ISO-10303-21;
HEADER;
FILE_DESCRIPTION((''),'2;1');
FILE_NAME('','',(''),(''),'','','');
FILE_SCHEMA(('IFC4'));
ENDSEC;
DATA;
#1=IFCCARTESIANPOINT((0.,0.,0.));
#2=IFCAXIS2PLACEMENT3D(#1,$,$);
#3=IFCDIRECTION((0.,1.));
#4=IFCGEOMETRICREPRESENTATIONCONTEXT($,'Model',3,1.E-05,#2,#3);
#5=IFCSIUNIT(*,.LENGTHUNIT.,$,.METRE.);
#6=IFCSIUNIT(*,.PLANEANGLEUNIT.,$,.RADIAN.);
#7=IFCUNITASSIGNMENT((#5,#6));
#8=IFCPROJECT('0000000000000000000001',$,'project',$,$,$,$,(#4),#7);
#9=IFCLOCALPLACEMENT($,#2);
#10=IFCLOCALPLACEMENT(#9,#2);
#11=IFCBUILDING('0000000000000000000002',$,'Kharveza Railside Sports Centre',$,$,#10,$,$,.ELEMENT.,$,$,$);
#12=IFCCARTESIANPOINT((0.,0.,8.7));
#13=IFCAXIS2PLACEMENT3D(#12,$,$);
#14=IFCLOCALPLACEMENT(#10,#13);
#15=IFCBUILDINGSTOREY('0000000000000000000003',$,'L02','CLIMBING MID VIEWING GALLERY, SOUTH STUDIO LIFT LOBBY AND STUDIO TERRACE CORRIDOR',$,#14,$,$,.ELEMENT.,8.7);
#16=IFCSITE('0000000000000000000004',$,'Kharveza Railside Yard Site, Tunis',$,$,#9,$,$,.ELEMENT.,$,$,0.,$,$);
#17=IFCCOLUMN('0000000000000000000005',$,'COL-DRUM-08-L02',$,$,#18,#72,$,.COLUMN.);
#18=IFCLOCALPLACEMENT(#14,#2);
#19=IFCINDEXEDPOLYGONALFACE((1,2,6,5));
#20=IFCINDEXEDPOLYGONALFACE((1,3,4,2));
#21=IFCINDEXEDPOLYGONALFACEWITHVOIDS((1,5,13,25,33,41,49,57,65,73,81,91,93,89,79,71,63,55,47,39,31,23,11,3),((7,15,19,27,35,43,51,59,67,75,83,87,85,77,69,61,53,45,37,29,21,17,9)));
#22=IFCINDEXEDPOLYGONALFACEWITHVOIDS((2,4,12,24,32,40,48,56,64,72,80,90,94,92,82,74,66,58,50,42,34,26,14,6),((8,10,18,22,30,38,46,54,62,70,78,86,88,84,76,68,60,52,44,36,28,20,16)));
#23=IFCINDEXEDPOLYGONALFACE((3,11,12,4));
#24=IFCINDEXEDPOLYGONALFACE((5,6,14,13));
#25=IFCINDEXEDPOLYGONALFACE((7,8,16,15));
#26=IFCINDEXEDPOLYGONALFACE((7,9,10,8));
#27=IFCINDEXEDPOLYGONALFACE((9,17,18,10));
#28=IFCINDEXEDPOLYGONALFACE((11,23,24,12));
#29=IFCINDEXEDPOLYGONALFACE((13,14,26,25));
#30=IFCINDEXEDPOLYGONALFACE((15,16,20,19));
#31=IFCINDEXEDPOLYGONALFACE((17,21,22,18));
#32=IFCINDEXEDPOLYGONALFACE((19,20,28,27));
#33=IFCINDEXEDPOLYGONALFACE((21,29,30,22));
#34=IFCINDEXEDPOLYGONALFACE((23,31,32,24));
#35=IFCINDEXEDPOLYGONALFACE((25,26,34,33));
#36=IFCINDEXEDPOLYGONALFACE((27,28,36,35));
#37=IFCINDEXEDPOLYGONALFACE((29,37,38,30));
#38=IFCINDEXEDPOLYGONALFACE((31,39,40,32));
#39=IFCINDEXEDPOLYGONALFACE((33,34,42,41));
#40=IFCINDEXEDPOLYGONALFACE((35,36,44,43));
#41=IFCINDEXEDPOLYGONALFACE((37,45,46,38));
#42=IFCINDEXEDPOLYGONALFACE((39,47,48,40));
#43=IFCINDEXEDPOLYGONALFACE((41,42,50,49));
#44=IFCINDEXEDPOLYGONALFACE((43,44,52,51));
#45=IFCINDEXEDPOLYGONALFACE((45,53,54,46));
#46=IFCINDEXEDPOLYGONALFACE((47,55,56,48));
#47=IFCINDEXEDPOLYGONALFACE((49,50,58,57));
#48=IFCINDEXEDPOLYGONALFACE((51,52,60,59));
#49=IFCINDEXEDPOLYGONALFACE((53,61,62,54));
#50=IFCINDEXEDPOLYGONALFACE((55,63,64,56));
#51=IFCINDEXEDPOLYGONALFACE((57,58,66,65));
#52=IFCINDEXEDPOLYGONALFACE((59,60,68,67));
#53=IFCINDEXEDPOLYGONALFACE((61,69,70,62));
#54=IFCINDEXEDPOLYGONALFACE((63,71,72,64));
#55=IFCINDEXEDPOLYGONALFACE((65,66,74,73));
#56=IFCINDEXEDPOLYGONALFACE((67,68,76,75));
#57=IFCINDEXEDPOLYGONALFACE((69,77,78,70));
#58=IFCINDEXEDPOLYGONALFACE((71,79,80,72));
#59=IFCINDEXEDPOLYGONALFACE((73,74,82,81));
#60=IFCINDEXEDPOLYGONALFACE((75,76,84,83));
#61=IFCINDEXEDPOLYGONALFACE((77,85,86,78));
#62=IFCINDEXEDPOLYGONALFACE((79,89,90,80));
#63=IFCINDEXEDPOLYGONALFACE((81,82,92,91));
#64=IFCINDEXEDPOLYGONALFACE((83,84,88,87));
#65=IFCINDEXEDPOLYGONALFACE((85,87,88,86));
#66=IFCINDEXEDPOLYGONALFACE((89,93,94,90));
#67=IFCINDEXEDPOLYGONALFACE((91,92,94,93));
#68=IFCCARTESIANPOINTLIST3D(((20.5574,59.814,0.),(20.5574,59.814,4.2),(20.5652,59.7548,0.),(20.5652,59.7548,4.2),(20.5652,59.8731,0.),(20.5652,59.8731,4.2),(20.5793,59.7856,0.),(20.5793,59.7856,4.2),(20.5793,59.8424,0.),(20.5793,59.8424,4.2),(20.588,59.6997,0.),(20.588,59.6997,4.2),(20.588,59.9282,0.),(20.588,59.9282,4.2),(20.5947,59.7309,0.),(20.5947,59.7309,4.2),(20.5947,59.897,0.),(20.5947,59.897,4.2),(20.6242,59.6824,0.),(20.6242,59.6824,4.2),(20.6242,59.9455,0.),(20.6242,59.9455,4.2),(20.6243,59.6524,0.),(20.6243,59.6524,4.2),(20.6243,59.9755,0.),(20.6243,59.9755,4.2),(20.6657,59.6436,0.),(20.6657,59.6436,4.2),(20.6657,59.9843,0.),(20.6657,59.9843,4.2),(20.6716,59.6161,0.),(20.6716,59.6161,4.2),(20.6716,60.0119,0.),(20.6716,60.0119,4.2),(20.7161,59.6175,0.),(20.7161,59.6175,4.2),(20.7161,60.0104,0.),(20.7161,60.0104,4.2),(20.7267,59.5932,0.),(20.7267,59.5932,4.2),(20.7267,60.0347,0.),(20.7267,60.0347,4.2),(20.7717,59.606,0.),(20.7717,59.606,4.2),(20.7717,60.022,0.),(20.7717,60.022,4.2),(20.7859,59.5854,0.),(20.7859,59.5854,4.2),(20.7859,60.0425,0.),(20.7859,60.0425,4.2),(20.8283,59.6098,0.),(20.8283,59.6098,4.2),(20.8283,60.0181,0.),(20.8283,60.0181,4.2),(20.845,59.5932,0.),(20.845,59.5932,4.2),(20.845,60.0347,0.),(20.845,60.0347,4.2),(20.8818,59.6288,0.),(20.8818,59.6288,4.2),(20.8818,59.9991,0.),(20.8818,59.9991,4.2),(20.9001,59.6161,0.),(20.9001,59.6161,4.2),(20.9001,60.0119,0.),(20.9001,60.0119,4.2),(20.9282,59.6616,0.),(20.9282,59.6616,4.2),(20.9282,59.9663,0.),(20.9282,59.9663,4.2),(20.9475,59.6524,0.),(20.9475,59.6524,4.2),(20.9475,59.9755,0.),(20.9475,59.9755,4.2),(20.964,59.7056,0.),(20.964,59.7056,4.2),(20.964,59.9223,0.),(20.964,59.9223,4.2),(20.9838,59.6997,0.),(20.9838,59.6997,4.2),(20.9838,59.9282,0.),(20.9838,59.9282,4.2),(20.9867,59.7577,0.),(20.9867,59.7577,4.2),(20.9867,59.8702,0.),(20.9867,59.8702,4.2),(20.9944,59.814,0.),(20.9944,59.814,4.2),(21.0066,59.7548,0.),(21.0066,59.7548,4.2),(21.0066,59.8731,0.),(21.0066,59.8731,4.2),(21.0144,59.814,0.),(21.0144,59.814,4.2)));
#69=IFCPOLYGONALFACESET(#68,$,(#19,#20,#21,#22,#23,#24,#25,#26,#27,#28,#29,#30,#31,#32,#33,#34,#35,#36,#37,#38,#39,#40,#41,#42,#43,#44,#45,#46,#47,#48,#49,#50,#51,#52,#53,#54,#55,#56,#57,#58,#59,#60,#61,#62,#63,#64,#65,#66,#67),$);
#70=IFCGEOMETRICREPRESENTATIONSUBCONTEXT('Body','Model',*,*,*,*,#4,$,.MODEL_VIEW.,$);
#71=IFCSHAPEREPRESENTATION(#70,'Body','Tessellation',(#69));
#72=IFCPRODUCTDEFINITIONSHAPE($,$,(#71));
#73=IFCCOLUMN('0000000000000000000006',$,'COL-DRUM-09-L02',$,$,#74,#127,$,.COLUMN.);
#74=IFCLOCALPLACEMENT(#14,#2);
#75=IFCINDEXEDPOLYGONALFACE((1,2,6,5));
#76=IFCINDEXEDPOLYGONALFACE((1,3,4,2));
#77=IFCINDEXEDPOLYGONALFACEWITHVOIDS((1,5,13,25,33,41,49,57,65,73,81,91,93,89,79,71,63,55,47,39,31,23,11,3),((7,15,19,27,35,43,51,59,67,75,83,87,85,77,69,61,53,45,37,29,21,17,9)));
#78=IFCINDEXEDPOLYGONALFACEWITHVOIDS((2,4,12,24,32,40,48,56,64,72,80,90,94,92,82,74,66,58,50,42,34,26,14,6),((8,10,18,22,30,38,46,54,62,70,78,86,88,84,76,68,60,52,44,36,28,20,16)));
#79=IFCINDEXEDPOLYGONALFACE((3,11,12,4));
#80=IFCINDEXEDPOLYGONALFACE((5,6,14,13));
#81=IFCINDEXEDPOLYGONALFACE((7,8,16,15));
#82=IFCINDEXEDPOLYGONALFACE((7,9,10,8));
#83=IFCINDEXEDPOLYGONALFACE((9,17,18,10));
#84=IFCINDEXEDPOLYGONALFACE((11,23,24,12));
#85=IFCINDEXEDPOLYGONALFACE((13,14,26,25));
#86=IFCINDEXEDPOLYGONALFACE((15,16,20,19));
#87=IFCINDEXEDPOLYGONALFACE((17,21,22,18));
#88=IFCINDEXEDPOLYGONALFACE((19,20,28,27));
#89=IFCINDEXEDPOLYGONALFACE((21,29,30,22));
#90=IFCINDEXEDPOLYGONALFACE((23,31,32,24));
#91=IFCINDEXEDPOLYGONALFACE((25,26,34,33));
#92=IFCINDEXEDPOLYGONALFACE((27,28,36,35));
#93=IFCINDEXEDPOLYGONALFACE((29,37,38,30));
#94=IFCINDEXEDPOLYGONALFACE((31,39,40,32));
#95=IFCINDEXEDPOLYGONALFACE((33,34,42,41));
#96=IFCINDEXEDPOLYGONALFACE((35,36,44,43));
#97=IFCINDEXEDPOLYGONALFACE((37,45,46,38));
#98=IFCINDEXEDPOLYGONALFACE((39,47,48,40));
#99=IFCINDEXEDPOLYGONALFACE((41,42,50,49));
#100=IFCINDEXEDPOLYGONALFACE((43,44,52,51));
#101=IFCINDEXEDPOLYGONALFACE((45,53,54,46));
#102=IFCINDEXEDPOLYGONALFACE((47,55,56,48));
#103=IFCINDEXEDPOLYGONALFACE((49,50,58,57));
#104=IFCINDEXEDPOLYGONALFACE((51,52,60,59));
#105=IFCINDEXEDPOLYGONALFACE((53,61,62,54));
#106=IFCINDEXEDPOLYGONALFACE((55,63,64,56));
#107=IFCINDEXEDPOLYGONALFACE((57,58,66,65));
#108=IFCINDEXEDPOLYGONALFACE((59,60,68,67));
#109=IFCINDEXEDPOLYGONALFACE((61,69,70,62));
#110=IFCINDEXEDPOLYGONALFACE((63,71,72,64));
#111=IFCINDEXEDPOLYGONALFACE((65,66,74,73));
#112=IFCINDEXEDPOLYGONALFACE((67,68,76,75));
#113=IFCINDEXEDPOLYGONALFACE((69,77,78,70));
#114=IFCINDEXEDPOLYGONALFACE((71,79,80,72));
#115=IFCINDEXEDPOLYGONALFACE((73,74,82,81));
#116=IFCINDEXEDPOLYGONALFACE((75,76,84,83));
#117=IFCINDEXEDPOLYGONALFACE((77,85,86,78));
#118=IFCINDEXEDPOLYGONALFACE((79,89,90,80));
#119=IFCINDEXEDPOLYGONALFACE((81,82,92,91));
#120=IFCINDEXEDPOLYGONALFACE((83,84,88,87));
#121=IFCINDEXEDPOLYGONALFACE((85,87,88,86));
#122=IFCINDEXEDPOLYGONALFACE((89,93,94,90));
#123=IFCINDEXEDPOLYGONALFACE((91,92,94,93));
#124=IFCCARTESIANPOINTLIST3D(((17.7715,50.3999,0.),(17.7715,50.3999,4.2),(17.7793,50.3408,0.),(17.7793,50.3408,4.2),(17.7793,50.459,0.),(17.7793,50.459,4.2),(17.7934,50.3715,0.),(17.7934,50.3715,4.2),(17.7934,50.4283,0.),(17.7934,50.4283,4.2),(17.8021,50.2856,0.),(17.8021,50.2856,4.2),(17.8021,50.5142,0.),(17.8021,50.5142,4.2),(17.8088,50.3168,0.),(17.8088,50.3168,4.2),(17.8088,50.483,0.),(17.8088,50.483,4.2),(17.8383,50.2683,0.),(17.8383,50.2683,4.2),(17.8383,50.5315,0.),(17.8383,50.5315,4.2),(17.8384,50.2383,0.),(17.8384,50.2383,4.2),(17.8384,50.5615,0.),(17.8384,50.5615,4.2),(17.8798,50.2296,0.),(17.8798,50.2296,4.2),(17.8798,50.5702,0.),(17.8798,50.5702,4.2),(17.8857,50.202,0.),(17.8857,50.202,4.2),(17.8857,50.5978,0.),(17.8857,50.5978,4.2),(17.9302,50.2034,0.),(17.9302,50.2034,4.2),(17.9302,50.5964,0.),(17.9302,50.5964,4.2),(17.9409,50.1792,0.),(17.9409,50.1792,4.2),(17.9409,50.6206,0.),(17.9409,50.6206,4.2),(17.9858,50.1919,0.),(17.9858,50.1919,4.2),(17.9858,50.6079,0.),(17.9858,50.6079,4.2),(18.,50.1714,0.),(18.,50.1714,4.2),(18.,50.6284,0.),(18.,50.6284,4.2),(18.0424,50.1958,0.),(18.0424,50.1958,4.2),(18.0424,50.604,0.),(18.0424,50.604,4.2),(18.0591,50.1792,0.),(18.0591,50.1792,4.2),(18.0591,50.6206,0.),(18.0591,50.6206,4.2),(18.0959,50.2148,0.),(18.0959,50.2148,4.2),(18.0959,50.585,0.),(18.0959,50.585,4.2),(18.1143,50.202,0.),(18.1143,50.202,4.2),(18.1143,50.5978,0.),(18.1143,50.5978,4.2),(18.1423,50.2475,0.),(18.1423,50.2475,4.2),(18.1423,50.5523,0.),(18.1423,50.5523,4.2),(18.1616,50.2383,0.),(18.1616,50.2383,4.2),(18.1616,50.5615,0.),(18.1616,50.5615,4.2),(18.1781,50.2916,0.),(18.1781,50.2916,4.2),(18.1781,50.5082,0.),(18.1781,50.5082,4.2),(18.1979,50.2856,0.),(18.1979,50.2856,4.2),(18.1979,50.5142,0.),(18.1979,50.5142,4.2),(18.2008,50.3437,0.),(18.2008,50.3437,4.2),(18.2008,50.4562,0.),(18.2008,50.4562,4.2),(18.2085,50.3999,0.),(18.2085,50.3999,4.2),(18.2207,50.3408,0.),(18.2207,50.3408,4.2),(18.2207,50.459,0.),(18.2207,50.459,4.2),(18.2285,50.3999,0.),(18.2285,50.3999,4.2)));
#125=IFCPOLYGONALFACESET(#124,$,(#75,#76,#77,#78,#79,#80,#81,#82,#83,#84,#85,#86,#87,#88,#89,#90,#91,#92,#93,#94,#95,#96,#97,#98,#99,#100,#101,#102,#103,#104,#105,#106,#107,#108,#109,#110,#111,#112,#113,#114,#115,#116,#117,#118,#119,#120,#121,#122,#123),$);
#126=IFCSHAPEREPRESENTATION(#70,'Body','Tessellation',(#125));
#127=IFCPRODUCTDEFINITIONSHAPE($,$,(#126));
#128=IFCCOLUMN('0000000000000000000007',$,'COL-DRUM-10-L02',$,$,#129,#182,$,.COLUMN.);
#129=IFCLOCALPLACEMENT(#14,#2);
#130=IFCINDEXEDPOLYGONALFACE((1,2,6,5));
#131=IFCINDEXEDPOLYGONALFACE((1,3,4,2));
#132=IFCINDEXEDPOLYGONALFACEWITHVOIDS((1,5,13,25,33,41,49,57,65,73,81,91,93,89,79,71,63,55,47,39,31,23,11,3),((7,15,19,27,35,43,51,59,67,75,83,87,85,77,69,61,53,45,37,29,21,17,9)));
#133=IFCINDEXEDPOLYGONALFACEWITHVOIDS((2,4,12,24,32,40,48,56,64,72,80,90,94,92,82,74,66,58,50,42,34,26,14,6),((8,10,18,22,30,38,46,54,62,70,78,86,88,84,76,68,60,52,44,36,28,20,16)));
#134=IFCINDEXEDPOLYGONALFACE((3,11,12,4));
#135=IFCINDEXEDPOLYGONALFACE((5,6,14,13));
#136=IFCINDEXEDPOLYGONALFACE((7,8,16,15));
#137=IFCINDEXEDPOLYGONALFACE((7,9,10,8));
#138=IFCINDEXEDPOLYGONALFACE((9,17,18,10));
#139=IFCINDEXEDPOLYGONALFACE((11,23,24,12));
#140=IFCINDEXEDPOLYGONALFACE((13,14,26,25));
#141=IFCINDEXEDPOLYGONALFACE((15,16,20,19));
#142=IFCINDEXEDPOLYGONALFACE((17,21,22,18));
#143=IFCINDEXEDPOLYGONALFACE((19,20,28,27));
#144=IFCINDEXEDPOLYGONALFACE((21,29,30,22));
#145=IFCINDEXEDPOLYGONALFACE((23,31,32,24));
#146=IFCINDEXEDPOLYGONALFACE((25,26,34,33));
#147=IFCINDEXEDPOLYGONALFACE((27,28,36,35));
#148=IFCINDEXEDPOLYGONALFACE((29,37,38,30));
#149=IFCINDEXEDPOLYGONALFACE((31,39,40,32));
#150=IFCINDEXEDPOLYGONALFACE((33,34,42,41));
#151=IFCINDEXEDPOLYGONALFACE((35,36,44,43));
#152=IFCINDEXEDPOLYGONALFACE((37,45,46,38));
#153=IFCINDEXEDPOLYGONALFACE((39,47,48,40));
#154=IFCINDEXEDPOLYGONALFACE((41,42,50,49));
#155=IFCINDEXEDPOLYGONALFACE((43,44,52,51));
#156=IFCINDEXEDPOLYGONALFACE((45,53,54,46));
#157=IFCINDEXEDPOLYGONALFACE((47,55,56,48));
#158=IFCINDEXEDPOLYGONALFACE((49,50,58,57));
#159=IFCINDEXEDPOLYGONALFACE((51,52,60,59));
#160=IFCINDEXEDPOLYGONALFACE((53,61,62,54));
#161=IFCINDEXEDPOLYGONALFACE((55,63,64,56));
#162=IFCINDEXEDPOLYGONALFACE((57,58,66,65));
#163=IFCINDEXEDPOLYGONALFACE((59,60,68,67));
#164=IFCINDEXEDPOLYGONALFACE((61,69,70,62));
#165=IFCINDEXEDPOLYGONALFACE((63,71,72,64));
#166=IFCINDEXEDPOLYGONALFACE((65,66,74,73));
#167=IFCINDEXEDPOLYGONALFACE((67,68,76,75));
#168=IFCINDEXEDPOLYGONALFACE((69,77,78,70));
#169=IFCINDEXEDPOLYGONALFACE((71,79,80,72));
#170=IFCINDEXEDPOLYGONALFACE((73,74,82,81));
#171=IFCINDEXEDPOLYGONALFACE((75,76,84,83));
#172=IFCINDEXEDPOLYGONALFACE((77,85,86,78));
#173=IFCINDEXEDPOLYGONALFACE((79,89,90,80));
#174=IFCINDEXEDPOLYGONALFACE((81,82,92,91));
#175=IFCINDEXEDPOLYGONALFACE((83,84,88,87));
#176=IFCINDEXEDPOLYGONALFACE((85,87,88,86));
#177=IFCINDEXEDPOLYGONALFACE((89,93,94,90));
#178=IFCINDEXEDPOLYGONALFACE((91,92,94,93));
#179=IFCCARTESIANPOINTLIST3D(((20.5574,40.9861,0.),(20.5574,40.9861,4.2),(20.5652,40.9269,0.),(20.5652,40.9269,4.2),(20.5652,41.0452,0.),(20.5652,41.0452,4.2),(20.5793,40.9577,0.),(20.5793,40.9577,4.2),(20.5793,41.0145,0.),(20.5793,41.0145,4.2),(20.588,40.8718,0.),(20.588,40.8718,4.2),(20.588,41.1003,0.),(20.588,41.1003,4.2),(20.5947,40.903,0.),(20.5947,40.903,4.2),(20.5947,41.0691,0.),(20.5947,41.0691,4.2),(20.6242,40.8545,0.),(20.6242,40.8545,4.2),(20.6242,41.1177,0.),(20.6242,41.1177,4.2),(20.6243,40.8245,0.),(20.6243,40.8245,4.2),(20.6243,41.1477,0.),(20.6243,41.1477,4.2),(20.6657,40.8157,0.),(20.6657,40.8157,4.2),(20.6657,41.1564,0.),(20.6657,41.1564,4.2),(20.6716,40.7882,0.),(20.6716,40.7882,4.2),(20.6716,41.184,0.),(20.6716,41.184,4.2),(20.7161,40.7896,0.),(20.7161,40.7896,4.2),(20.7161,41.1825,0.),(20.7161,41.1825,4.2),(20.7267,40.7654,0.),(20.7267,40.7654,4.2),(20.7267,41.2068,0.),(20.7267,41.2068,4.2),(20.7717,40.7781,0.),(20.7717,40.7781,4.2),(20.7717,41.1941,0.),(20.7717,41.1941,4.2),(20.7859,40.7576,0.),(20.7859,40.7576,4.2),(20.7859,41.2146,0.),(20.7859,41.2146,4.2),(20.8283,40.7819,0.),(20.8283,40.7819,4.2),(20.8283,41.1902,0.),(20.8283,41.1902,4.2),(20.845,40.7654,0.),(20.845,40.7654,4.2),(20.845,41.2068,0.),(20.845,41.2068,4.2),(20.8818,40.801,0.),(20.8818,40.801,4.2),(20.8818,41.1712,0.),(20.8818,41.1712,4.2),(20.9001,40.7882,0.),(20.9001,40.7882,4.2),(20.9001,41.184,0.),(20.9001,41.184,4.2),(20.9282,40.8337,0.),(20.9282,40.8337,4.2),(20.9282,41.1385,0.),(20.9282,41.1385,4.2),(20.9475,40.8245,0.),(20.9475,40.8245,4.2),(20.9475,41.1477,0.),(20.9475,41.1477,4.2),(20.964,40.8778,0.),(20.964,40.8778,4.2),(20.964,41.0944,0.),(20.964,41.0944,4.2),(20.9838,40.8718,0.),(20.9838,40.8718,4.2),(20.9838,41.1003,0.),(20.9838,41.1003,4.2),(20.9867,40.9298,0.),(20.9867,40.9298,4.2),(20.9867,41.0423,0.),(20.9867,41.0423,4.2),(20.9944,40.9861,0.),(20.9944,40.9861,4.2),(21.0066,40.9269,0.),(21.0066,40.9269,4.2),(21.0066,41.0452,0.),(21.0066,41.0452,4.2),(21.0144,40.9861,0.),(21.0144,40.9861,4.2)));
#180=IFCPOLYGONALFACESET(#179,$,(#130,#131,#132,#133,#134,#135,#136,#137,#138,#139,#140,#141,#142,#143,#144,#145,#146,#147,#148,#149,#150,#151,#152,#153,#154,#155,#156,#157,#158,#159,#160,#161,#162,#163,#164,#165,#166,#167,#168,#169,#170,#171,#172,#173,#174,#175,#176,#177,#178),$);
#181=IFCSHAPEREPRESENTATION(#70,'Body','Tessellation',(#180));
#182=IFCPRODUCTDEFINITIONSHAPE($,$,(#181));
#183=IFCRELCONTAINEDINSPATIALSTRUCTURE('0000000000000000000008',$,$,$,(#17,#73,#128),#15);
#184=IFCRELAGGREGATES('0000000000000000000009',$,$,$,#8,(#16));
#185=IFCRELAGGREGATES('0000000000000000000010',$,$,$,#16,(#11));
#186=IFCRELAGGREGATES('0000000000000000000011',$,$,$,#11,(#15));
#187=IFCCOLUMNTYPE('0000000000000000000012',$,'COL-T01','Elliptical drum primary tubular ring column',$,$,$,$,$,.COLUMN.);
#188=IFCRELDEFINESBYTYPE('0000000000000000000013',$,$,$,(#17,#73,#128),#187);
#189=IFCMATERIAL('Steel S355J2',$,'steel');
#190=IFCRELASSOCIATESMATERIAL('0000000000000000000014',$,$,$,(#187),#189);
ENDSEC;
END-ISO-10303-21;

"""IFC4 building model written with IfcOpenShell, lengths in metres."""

from ifc_helpers import new_model, si_unit, direction, frame, origin, origin_2d, place, context, subcontext, project, spatial, hollow_circle, extrude, material, material_profile, profile_set, type_object, element, save


model = new_model("IFC4")

# Units and contexts
model_context = context("Model", 3, precision=1e-05, world=origin(), true_north=direction((0.0, 1.0)))
body_context = subcontext(model_context, "Body", "Model", "MODEL_VIEW")
ifc_project = project(units=[si_unit("LENGTHUNIT", "METRE"), si_unit("PLANEANGLEUNIT", "RADIAN")], contexts=[model_context])

# Site, building, storey
site_placement = place(None, origin())
site = spatial("IfcSite", under=ifc_project, at=site_placement, Name="Kharveza Railside Yard Site, Tunis", CompositionType="ELEMENT", RefElevation=0.0)
building_placement = place(site_placement, origin())
building = spatial("IfcBuilding", under=site, at=building_placement, Name="Kharveza Railside Sports Centre", CompositionType="ELEMENT")
storey_placement = place(building_placement, frame((0.0, 0.0, 8.7)))
storey = spatial("IfcBuildingStorey", under=building, at=storey_placement, Name="L02", Description="CLIMBING MID VIEWING GALLERY, SOUTH STUDIO LIFT LOBBY AND STUDIO TERRACE CORRIDOR", CompositionType="ELEMENT", Elevation=8.7)

# Columns
ifc_material_1 = material(Name="Steel S355J2", Category="steel")
ifc_material_profile_1 = material_profile(ifc_material_1, hollow_circle(Radius=0.2285, WallThickness=0.02, at=origin_2d()), Name="CHS 457.0x20.0")
ifc_profile_set_1 = profile_set([ifc_material_profile_1], Name="Steel S355J2")
column_type = type_object("IfcColumnType", Name="COL-T01", Description="Elliptical drum primary tubular ring column", PredefinedType="COLUMN", material=ifc_profile_set_1)
for number, where, z_axis, x_axis, name in (
    (1, (20.7859, 59.814, 0.0), (0.0, 0.0, 1.0), (1.0, 0.0, 0.0), "COL-DRUM-08-L02"),
    (2, (18.0, 50.3999, 0.0), (0.0, 0.0, 1.0), (1.0, 0.0, 0.0), "COL-DRUM-09-L02"),
    (3, (20.7859, 40.9861, 0.0), (0.0, 0.0, 1.0), (1.0, 0.0, 0.0), "COL-DRUM-10-L02"),
):
    element("IfcColumn", number, at=place(storey_placement, frame(where, z_axis=z_axis, x_axis=x_axis)), inside=storey, type_object=column_type, Name=name, PredefinedType="COLUMN", context=body_context, shape_type="SweptSolid", body=[
        extrude(hollow_circle(Radius=0.2285, WallThickness=0.02, at=origin_2d()), origin(), (0.0, 0.0, 1.0), 4.2),
    ])

save(model, "model.ifc")
